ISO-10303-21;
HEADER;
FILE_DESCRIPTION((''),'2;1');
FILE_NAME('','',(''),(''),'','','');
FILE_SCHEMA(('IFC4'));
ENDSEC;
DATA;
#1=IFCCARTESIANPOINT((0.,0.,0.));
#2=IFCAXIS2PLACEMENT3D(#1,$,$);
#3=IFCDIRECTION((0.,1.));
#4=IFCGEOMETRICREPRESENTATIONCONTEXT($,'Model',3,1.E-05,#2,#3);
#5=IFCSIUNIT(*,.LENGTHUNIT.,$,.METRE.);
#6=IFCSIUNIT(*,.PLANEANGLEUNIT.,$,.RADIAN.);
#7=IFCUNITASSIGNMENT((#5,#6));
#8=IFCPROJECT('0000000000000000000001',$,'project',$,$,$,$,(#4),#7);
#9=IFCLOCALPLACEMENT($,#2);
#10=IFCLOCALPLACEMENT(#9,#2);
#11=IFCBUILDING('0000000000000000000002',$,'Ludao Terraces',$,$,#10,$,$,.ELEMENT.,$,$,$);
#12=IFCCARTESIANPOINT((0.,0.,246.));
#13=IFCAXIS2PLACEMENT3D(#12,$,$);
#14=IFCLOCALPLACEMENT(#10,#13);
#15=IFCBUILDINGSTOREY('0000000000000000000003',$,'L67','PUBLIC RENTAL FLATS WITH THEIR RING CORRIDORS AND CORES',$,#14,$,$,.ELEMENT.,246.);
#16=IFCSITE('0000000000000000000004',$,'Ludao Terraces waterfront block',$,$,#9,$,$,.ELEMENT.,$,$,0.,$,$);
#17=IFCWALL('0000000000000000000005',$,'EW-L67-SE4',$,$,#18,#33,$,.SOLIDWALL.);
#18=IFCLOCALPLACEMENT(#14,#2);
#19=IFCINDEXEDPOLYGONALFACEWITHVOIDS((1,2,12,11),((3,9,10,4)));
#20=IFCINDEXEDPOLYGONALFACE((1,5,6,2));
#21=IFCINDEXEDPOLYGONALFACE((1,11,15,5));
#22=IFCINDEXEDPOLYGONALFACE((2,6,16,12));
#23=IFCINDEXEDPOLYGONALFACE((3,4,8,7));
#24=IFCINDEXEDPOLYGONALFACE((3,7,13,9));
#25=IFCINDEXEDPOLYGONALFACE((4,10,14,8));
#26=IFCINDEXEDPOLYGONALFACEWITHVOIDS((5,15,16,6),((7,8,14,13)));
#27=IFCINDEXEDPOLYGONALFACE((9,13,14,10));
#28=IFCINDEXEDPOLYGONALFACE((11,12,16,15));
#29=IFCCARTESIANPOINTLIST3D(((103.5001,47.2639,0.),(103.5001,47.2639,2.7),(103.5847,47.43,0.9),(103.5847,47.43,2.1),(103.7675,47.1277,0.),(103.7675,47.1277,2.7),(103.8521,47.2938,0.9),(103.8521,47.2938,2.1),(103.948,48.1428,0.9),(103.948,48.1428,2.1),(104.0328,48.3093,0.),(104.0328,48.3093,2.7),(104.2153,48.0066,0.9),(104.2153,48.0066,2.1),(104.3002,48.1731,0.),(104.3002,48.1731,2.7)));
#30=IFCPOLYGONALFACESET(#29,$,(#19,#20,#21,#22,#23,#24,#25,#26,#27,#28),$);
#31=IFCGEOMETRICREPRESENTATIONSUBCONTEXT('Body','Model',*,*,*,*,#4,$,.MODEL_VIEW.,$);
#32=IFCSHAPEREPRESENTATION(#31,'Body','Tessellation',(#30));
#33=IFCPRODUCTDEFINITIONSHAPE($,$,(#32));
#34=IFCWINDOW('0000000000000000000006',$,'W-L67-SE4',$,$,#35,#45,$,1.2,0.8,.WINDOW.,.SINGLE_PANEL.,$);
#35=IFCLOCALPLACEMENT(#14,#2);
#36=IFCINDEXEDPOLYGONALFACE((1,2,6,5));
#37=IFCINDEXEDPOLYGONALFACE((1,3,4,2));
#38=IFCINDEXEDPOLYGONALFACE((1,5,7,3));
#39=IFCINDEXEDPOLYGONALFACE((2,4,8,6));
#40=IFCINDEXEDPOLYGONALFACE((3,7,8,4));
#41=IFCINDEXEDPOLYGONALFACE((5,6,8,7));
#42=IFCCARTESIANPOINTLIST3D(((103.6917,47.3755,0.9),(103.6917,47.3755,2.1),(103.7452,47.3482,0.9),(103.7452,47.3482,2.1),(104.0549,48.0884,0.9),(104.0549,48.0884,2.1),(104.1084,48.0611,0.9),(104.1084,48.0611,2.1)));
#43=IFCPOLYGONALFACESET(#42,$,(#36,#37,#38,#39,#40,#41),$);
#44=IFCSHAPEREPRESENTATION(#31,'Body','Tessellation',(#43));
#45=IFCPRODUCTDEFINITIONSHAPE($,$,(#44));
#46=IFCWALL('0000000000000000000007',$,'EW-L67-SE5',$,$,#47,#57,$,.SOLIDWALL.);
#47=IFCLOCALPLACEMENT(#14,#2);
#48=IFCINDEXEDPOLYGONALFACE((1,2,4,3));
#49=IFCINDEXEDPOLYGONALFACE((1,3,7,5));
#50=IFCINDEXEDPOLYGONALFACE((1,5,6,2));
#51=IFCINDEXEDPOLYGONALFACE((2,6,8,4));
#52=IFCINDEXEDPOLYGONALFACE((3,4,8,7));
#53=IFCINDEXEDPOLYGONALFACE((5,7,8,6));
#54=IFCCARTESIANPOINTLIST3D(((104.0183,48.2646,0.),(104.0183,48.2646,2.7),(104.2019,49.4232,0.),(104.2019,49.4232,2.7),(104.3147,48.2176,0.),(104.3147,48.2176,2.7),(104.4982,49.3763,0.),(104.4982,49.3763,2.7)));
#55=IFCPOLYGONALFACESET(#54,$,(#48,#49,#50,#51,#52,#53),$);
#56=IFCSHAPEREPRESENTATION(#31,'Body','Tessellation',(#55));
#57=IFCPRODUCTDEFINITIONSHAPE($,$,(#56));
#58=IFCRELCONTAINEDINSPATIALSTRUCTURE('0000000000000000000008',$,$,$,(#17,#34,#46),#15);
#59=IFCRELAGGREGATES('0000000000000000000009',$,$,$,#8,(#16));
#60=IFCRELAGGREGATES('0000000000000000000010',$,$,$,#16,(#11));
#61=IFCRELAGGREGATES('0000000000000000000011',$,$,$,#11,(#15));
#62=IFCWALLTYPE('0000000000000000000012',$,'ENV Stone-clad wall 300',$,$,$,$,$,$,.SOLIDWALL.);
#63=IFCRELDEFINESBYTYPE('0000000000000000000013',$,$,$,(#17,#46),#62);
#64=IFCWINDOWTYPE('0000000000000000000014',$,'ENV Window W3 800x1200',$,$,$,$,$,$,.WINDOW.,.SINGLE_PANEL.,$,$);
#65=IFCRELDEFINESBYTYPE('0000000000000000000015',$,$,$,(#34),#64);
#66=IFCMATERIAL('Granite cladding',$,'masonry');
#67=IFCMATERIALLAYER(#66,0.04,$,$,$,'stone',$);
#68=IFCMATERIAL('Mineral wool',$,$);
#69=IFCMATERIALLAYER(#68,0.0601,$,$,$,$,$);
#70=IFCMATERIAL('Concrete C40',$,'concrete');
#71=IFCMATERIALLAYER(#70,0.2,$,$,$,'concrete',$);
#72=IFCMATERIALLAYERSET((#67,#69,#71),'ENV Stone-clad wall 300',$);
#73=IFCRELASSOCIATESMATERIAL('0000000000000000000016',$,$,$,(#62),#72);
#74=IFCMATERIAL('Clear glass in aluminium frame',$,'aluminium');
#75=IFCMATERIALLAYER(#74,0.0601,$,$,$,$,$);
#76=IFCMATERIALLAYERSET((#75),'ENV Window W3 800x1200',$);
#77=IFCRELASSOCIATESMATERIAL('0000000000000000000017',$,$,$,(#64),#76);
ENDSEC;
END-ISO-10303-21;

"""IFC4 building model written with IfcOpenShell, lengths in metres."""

from ifc_helpers import new_model, si_unit, direction, frame, frame_2d, origin, place, context, subcontext, project, spatial, rectangle, extrude, material, layer, layer_set, type_object, element, fill, save


model = new_model("IFC4")

# Units and contexts
model_context = context("Model", 3, precision=1e-05, world=origin(), true_north=direction((0.0, 1.0)))
body_context = subcontext(model_context, "Body", "Model", "MODEL_VIEW")
ifc_project = project(units=[si_unit("LENGTHUNIT", "METRE"), si_unit("PLANEANGLEUNIT", "RADIAN")], contexts=[model_context])

# Site, building, storey
site_placement = place(None, origin())
site = spatial("IfcSite", under=ifc_project, at=site_placement, Name="Ludao Terraces waterfront block", CompositionType="ELEMENT", RefElevation=0.0)
building_placement = place(site_placement, origin())
building = spatial("IfcBuilding", under=site, at=building_placement, Name="Ludao Terraces", CompositionType="ELEMENT")
storey_placement = place(building_placement, frame((0.0, 0.0, 246.0)))
storey = spatial("IfcBuildingStorey", under=building, at=storey_placement, Name="L67", Description="PUBLIC RENTAL FLATS WITH THEIR RING CORRIDORS AND CORES", CompositionType="ELEMENT", Elevation=246.0)

# Shared definitions
ifc_material_1 = material(Name="Concrete C40", Category="concrete")

# Wall, opening, window
ifc_material_2 = material(Name="Granite cladding", Category="masonry")
ifc_layer_1 = layer(ifc_material_2, 0.04, Category="stone")
ifc_material_3 = material(Name="Mineral wool")
ifc_layer_2 = layer(ifc_material_3, 0.0601)
ifc_layer_3 = layer(ifc_material_1, 0.2, Category="concrete")
ifc_layer_set_1 = layer_set([ifc_layer_1, ifc_layer_2, ifc_layer_3], Name="ENV Stone-clad wall 300")
wall_type = type_object("IfcWallType", Name="ENV Stone-clad wall 300", PredefinedType="SOLIDWALL", material=ifc_layer_set_1)
ifc_material_4 = material(Name="Clear glass in aluminium frame", Category="aluminium")
ifc_layer_4 = layer(ifc_material_4, 0.0601)
ifc_layer_set_2 = layer_set([ifc_layer_4], Name="ENV Window W3 800x1200")
window_type_1 = type_object("IfcWindowType", Name="ENV Window W3 800x1200", PartitioningType="SINGLE_PANEL", PredefinedType="WINDOW", material=ifc_layer_set_2)
wall_1_placement = place(storey_placement, frame((103.6338, 47.1958, 0.0), z_axis=(0.0, 0.0, 1.0), x_axis=(0.454026, 0.890989, 0.0)))
wall_1 = element("IfcWall", 1, at=wall_1_placement, inside=storey, type_object=wall_type, Name="EW-L67-SE4", PredefinedType="SOLIDWALL", context=body_context, shape_type="SweptSolid", body=[
    extrude(rectangle(XDim=1.1733, YDim=0.3, at=frame_2d((0.5867, 0.0))), origin(), (0.0, 0.0, 1.0), 2.7),
])
opening_1_placement = place(wall_1_placement, frame((0.1865, 0.0, 0.8999)))
opening_1 = element("IfcOpeningElement", 2, at=opening_1_placement, cuts=wall_1, PredefinedType="OPENING", context=body_context, shape_type="SweptSolid", body=[
    extrude(rectangle(XDim=0.8, YDim=1.2, at=frame_2d((0.3999, 0.6001))), frame((0.0, 0.1602, 0.0), z_axis=(0.0, -1.0, 0.0), x_axis=(1.0, 0.0, 0.0)), (0.0, 0.0, 1.0), 0.3201),
])
window_1_placement = place(opening_1_placement, origin())
window_1 = element("IfcWindow", 3, at=window_1_placement, inside=storey, type_object=window_type_1, Name="W-L67-SE4", OverallHeight=1.2, OverallWidth=0.8, PartitioningType="SINGLE_PANEL", PredefinedType="WINDOW", context=body_context, shape_type="SweptSolid", body=[
    extrude(rectangle(XDim=0.8, YDim=1.2, at=frame_2d((0.3999, 0.6001))), frame((0.0, 0.03, 0.0), z_axis=(0.0, -1.0, 0.0), x_axis=(1.0, 0.0, 0.0)), (0.0, 0.0, 1.0), 0.0601),
])
fill(opening_1, window_1)

# Wall
wall_2_placement = place(storey_placement, frame((104.1665, 48.2412, 0.0), z_axis=(0.0, 0.0, 1.0), x_axis=(0.156497, 0.987678, 0.0)))
element("IfcWall", 4, at=wall_2_placement, inside=storey, type_object=wall_type, Name="EW-L67-SE5", PredefinedType="SOLIDWALL", context=body_context, shape_type="SweptSolid", body=[
    extrude(rectangle(XDim=1.1731, YDim=0.3, at=frame_2d((0.5864, 0.0))), origin(), (0.0, 0.0, 1.0), 2.7),
])

save(model, "model.ifc")
